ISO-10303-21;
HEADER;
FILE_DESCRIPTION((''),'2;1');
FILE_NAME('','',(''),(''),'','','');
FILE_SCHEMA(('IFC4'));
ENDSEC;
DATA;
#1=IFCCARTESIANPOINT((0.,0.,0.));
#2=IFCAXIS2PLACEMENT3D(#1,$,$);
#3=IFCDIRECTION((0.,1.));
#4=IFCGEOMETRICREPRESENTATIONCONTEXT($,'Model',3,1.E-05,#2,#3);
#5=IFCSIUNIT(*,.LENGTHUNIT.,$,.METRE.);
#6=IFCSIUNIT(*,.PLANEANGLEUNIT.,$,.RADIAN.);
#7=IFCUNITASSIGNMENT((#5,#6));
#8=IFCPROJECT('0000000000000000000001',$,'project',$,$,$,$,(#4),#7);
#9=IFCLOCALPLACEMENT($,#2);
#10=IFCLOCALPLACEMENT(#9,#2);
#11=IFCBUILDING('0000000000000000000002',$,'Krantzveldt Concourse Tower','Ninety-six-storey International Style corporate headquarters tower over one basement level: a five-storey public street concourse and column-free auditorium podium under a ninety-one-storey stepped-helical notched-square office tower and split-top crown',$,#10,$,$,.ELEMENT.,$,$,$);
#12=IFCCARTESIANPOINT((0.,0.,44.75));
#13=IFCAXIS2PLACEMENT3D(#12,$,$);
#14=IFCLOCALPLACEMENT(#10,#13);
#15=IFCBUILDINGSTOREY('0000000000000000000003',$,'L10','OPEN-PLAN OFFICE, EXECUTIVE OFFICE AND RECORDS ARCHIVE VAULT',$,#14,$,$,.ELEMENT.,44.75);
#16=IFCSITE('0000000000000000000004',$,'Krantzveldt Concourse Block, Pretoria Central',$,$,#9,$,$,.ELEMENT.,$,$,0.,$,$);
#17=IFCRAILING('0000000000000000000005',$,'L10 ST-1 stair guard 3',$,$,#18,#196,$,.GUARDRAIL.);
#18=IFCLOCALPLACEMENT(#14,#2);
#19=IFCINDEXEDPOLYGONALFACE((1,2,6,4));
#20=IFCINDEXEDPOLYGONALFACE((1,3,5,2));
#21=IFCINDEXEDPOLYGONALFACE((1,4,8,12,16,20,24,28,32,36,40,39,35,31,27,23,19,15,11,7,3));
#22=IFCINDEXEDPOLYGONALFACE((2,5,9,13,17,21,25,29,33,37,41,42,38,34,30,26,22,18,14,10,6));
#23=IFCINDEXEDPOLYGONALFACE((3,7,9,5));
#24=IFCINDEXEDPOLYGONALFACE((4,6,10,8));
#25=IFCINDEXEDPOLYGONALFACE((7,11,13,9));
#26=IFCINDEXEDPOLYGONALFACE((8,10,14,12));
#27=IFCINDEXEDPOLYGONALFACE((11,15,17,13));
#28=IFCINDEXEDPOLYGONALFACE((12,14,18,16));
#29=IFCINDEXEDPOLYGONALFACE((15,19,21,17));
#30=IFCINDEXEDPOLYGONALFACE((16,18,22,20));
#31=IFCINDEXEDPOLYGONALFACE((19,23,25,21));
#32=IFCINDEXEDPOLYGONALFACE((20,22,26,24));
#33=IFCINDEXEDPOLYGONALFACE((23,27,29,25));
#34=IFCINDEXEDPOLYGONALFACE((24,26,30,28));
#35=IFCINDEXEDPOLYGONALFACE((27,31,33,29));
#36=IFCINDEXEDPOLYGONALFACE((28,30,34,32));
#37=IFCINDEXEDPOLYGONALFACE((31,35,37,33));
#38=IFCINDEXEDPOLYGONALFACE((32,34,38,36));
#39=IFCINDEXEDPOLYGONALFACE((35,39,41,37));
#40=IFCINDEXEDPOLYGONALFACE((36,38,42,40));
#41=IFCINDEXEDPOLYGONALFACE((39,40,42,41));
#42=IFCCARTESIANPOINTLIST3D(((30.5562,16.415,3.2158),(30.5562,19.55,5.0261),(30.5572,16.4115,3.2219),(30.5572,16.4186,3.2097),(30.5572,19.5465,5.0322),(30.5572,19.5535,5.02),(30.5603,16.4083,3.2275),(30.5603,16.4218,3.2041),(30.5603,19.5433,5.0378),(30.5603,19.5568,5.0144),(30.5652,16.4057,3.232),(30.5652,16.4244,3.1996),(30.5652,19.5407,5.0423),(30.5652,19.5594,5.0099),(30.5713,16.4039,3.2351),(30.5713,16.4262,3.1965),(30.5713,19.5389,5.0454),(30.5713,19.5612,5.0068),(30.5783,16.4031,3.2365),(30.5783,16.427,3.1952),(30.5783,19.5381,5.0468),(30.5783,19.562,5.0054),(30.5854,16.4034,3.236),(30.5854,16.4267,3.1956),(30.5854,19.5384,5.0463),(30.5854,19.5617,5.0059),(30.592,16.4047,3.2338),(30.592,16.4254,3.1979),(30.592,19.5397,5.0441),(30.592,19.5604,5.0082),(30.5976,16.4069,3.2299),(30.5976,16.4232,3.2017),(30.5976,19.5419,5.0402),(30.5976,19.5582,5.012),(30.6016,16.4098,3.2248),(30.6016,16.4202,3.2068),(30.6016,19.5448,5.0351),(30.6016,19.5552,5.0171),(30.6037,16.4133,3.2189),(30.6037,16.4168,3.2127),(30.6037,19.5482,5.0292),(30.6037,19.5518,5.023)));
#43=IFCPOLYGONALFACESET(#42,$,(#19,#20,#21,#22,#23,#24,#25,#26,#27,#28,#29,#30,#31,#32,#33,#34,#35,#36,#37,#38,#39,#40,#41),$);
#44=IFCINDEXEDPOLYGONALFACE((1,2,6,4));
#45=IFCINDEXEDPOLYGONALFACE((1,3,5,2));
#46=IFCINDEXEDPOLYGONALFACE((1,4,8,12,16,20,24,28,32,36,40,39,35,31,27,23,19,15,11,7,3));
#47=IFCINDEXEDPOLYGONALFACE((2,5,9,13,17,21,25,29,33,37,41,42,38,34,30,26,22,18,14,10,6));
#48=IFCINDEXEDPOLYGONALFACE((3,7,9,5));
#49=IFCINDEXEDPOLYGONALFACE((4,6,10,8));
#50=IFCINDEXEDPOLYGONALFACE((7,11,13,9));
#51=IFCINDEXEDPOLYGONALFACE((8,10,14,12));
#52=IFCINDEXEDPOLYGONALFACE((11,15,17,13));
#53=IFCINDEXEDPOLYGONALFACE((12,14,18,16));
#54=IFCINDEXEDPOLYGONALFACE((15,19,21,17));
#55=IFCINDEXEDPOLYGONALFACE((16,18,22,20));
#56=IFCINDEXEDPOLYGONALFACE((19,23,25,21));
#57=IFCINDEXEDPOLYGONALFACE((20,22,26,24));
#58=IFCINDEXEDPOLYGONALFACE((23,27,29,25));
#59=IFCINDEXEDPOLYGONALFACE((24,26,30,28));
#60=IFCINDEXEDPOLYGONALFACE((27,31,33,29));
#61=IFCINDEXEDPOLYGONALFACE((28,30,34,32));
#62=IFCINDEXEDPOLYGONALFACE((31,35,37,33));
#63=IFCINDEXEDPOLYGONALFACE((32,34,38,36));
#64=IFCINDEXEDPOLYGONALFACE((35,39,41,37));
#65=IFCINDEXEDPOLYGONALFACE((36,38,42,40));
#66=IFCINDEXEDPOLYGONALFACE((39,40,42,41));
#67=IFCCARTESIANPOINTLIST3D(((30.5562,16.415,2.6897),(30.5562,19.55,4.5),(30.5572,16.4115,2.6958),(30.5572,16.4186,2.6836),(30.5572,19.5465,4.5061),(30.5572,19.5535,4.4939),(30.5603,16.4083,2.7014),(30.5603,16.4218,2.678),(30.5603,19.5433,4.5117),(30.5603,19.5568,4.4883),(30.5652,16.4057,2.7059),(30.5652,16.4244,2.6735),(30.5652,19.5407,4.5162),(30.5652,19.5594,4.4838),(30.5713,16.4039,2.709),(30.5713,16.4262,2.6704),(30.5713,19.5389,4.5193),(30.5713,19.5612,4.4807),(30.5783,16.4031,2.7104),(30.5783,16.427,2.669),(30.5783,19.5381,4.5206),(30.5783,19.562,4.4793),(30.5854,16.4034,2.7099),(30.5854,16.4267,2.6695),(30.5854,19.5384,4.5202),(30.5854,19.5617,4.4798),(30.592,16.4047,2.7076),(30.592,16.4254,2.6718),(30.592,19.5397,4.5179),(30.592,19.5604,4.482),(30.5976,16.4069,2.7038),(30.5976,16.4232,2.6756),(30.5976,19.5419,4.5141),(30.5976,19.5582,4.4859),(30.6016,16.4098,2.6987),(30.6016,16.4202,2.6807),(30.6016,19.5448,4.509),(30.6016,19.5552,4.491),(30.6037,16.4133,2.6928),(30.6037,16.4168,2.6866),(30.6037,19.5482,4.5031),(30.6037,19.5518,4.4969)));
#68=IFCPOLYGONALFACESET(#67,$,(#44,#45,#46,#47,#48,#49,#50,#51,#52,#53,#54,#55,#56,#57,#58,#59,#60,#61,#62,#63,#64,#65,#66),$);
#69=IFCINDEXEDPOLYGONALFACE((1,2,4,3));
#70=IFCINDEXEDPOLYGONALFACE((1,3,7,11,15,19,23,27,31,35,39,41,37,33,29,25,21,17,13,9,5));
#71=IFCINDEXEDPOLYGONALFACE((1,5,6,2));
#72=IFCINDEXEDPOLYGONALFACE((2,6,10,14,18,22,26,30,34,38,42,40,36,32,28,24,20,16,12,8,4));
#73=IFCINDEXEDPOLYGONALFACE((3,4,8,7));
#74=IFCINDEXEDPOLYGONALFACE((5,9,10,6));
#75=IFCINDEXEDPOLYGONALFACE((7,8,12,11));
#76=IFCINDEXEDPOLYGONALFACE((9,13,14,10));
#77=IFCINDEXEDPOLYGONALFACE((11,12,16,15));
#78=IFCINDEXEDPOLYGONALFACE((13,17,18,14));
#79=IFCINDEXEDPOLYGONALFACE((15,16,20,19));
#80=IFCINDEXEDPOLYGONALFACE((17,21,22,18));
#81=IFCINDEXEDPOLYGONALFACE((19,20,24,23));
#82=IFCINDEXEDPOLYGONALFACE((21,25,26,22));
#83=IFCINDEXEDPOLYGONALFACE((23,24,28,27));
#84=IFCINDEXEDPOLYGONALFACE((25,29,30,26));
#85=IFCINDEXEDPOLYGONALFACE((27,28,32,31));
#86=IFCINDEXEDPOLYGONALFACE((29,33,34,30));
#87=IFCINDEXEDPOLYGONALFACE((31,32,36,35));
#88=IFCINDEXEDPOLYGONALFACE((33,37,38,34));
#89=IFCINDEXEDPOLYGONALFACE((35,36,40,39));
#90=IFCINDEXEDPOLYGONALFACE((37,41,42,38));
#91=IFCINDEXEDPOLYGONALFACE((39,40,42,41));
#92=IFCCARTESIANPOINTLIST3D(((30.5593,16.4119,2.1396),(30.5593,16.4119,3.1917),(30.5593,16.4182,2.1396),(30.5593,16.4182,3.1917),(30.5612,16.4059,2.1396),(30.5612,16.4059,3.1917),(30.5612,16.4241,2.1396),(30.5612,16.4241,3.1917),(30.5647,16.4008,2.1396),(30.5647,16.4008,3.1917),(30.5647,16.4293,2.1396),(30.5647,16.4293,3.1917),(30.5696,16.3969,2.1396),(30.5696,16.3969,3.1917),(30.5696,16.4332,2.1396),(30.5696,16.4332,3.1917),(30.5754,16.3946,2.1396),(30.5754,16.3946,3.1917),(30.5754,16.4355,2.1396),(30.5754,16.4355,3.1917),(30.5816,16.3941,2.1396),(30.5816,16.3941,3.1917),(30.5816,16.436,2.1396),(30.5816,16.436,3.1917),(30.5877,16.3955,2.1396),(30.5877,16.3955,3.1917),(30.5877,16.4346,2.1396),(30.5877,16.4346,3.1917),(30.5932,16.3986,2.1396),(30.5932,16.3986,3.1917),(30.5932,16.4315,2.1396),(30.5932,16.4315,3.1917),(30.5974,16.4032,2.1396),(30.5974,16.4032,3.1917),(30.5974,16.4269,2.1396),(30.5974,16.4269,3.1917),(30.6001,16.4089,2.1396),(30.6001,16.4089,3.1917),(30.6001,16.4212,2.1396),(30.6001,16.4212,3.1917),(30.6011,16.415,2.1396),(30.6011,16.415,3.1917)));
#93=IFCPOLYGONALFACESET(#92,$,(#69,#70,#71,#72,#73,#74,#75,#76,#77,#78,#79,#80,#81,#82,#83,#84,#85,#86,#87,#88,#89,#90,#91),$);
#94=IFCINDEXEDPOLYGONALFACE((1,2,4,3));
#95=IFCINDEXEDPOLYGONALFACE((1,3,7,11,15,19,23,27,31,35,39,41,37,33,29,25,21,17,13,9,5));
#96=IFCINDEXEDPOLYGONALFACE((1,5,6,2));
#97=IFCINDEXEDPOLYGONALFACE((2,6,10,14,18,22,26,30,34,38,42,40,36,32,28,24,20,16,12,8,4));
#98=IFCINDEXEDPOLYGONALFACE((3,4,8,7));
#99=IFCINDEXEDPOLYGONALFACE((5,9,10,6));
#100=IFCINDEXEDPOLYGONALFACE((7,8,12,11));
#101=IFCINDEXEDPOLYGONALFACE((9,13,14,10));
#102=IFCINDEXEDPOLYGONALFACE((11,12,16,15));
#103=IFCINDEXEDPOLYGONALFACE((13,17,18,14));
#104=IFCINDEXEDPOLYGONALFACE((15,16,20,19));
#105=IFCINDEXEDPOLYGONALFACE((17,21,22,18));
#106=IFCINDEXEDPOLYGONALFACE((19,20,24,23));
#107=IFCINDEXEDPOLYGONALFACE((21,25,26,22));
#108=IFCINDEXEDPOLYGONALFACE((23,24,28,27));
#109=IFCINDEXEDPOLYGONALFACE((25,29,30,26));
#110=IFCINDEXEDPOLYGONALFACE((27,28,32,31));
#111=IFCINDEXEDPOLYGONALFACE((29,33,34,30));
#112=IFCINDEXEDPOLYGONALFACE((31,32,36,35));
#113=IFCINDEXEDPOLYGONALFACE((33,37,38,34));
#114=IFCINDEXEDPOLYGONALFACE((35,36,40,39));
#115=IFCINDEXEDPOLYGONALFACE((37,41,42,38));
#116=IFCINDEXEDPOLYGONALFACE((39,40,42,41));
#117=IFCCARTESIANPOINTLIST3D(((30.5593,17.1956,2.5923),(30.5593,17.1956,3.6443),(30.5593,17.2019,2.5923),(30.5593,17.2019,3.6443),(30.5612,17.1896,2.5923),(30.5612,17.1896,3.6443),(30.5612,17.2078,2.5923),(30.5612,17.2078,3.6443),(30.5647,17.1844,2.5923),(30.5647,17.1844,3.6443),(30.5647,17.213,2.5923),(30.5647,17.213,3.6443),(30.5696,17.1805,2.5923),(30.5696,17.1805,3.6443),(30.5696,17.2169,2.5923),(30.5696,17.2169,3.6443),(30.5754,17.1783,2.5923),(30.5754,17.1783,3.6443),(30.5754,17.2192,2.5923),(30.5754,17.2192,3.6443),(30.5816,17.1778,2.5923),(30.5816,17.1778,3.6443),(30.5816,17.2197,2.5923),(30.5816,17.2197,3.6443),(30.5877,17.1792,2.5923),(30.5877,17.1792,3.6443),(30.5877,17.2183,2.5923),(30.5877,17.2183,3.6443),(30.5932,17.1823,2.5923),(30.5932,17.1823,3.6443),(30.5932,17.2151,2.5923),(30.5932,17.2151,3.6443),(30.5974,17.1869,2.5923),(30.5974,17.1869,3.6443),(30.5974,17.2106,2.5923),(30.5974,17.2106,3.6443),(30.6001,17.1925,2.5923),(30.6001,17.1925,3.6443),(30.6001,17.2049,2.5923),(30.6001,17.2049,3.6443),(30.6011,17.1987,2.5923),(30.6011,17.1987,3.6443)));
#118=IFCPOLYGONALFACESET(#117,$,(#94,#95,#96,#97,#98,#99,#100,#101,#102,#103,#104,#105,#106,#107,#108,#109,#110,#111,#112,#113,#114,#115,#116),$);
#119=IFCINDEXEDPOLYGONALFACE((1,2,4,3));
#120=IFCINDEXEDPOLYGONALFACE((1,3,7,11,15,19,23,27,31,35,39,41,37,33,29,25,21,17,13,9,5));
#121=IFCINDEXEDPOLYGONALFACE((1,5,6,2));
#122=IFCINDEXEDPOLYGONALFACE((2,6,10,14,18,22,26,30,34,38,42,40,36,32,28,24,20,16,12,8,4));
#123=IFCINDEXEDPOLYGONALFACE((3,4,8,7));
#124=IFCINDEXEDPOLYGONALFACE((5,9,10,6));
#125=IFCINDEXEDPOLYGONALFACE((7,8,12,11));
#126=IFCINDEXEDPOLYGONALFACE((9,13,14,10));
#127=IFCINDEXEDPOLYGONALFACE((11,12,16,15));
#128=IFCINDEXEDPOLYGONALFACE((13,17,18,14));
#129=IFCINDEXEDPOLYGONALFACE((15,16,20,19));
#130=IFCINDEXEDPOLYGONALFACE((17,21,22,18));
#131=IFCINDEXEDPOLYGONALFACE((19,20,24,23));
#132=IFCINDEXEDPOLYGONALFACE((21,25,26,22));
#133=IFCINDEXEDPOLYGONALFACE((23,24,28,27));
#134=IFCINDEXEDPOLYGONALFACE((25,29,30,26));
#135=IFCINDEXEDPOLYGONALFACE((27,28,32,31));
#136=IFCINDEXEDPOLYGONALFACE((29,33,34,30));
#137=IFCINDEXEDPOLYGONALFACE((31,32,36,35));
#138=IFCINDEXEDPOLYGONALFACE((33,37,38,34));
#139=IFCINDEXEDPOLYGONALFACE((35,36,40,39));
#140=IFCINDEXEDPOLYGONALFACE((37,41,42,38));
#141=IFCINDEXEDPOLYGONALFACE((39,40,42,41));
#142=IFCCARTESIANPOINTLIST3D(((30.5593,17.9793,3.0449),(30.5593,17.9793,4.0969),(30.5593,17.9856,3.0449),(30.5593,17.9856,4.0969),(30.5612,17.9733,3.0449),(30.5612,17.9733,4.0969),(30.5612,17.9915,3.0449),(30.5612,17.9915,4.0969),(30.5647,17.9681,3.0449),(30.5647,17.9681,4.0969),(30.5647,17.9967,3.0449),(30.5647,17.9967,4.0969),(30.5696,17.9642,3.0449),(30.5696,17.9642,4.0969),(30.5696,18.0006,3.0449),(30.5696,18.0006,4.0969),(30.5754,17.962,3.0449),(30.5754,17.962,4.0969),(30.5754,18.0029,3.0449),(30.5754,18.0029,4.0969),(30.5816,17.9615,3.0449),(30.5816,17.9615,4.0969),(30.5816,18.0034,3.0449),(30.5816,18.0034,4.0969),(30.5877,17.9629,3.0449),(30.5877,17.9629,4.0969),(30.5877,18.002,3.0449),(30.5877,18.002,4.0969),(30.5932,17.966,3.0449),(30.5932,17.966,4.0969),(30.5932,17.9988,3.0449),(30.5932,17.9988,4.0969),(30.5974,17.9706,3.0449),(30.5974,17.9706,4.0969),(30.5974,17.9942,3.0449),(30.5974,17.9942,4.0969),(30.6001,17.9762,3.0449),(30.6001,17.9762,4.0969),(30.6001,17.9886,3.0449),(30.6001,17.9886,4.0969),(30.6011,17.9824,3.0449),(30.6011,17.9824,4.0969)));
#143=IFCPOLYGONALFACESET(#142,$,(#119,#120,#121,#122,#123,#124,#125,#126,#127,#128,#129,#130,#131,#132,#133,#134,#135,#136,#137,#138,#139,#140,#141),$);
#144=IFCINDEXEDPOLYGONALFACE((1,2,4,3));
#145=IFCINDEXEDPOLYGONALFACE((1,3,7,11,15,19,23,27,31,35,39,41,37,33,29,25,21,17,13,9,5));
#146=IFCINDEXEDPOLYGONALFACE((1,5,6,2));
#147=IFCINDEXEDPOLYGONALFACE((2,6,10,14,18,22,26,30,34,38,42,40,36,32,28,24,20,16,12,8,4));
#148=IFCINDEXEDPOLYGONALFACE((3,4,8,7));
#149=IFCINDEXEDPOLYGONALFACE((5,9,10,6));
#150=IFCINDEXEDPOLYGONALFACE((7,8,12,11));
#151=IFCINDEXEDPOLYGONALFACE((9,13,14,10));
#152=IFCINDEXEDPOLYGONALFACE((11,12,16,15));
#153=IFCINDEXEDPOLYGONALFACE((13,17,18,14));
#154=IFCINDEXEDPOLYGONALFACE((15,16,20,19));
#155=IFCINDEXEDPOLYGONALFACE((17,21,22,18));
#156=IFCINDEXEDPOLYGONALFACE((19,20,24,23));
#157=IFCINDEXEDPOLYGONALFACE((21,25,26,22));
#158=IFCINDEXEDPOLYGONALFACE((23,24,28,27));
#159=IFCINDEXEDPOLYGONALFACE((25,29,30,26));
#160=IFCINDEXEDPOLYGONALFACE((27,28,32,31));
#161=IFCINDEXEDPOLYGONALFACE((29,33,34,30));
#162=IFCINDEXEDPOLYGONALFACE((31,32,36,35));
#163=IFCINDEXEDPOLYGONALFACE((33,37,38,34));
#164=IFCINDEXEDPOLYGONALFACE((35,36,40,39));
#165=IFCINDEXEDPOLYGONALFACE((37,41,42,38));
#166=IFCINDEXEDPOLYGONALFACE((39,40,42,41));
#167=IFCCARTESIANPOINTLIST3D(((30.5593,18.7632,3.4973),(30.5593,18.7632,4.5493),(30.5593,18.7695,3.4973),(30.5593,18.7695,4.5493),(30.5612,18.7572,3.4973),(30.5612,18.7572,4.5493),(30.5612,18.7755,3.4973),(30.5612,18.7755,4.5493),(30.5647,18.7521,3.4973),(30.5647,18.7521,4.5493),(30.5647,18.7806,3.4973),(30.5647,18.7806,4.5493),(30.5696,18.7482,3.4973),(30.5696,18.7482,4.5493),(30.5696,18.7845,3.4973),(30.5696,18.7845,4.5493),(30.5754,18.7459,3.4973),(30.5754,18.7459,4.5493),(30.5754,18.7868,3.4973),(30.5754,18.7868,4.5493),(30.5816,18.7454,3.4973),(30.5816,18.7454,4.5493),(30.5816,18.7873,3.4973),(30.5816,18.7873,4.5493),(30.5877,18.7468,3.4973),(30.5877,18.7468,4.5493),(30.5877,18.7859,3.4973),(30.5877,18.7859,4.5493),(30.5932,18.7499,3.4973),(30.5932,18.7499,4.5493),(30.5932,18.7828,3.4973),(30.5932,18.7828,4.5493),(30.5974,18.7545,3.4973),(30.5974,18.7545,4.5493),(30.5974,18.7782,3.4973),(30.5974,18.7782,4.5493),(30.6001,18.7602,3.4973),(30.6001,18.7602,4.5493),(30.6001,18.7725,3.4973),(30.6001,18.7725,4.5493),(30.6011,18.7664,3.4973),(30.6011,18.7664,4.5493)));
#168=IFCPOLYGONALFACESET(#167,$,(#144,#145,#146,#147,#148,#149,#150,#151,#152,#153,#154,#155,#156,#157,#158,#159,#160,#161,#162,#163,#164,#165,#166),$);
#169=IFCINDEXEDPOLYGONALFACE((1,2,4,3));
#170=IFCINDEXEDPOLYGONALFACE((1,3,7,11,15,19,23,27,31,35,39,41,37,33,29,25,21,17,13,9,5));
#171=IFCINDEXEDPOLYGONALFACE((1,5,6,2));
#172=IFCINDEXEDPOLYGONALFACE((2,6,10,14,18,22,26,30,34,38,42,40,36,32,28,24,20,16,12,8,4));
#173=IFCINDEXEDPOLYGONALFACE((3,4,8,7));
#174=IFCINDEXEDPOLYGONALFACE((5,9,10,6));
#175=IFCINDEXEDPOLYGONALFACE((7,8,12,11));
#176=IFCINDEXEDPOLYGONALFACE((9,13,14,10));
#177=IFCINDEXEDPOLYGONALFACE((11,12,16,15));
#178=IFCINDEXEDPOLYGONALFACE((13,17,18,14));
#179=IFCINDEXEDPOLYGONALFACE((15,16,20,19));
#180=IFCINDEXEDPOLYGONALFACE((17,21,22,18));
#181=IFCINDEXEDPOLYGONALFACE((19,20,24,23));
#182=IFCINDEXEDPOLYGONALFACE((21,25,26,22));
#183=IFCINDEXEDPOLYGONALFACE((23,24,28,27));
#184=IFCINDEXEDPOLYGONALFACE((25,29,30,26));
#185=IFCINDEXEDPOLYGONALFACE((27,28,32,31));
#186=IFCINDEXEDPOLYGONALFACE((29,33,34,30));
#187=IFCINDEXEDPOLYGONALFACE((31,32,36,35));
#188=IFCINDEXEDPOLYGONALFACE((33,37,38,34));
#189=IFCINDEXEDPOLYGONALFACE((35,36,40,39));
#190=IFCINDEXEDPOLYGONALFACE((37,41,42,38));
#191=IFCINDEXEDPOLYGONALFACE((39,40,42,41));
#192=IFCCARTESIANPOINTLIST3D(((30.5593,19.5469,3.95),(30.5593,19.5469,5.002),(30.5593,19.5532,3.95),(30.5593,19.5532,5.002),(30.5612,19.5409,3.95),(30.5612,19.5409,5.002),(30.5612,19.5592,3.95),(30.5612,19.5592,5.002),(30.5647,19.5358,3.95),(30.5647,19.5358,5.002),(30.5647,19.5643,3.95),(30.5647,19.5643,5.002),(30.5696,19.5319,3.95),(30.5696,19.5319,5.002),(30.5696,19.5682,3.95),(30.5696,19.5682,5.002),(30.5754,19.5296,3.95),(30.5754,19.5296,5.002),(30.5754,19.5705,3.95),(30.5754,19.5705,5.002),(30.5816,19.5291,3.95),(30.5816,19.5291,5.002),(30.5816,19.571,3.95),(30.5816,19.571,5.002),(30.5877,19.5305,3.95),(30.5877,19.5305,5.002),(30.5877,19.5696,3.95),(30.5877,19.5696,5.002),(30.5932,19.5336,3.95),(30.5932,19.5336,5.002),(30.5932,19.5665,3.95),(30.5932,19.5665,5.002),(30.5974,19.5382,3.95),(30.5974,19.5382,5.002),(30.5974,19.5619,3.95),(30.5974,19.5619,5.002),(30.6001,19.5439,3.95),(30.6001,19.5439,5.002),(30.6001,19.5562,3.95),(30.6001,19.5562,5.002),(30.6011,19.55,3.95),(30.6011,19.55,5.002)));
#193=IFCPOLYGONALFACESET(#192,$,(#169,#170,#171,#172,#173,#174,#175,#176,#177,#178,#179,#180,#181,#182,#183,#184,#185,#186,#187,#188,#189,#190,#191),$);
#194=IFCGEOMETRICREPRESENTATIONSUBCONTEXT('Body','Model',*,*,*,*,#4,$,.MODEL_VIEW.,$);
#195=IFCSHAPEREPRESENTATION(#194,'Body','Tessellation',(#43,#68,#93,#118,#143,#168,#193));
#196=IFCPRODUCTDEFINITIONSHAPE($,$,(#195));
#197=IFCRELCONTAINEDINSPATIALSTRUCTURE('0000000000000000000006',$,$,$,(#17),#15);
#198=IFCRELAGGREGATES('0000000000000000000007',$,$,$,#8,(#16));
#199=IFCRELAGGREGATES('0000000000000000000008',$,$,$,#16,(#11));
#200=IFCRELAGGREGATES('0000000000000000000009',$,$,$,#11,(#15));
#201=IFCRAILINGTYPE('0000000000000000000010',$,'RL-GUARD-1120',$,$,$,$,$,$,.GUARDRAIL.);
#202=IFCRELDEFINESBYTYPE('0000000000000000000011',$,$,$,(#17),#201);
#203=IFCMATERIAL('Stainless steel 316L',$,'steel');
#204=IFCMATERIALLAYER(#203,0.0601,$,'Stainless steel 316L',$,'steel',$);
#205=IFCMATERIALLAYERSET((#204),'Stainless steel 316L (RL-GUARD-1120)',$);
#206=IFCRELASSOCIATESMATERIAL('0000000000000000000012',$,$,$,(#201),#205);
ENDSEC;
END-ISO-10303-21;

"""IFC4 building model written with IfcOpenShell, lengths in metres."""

from ifc_helpers import new_model, si_unit, direction, frame, origin, origin_2d, place, context, subcontext, project, spatial, circle, extrude, material, layer, layer_set, type_object, element, save


model = new_model("IFC4")

# Units and contexts
model_context = context("Model", 3, precision=1e-05, world=origin(), true_north=direction((0.0, 1.0)))
body_context = subcontext(model_context, "Body", "Model", "MODEL_VIEW")
ifc_project = project(units=[si_unit("LENGTHUNIT", "METRE"), si_unit("PLANEANGLEUNIT", "RADIAN")], contexts=[model_context])

# Site, building, storey
site_placement = place(None, origin())
site = spatial("IfcSite", under=ifc_project, at=site_placement, Name="Krantzveldt Concourse Block, Pretoria Central", CompositionType="ELEMENT", RefElevation=0.0)
building_placement = place(site_placement, origin())
building = spatial("IfcBuilding", under=site, at=building_placement, Name="Krantzveldt Concourse Tower", Description="Ninety-six-storey International Style corporate headquarters tower over one basement level: a five-storey public street concourse and column-free auditorium podium under a ninety-one-storey stepped-helical notched-square office tower and split-top crown", CompositionType="ELEMENT")
storey_placement = place(building_placement, frame((0.0, 0.0, 44.75)))
storey = spatial("IfcBuildingStorey", under=building, at=storey_placement, Name="L10", Description="OPEN-PLAN OFFICE, EXECUTIVE OFFICE AND RECORDS ARCHIVE VAULT", CompositionType="ELEMENT", Elevation=44.75)

# Railing
ifc_material_1 = material(Name="Stainless steel 316L", Category="steel")
ifc_layer_1 = layer(ifc_material_1, 0.0601, Name="Stainless steel 316L", Category="steel")
ifc_layer_set_1 = layer_set([ifc_layer_1], Name="Stainless steel 316L (RL-GUARD-1120)")
railing_type_1 = type_object("IfcRailingType", Name="RL-GUARD-1120", PredefinedType="GUARDRAIL", material=ifc_layer_set_1)
railing_1_placement = place(storey_placement, frame((30.5801, 16.415, 2.1396)))
element("IfcRailing", 1, at=railing_1_placement, inside=storey, type_object=railing_type_1, Name="L10 ST-1 stair guard 3", PredefinedType="GUARDRAIL", context=body_context, shape_type="SweptSolid", body=[
    extrude(circle(Radius=0.0239, at=origin_2d()), frame((0.0, 0.0, 1.0762), z_axis=(0.0, 0.865989, 0.500063), x_axis=(-1.0, 0.0, 0.0)), (0.0, 0.0, 1.0), 3.6201),
    extrude(circle(Radius=0.0239, at=origin_2d()), frame((0.0, 0.0, 0.55), z_axis=(0.0, 0.865989, 0.500063), x_axis=(-1.0, 0.0, 0.0)), (0.0, 0.0, 1.0), 3.6201),
    extrude(circle(Radius=0.021, at=origin_2d()), origin(), (0.0, 0.0, 1.0), 1.052),
    extrude(circle(Radius=0.021, at=origin_2d()), frame((0.0, 0.7837, 0.4526)), (0.0, 0.0, 1.0), 1.052),
    extrude(circle(Radius=0.021, at=origin_2d()), frame((0.0, 1.5674, 0.9053)), (0.0, 0.0, 1.0), 1.052),
    extrude(circle(Radius=0.021, at=origin_2d()), frame((0.0, 2.3513, 1.3577)), (0.0, 0.0, 1.0), 1.052),
    extrude(circle(Radius=0.021, at=origin_2d()), frame((0.0, 3.135, 1.8103)), (0.0, 0.0, 1.0), 1.052),
])

save(model, "model.ifc")
